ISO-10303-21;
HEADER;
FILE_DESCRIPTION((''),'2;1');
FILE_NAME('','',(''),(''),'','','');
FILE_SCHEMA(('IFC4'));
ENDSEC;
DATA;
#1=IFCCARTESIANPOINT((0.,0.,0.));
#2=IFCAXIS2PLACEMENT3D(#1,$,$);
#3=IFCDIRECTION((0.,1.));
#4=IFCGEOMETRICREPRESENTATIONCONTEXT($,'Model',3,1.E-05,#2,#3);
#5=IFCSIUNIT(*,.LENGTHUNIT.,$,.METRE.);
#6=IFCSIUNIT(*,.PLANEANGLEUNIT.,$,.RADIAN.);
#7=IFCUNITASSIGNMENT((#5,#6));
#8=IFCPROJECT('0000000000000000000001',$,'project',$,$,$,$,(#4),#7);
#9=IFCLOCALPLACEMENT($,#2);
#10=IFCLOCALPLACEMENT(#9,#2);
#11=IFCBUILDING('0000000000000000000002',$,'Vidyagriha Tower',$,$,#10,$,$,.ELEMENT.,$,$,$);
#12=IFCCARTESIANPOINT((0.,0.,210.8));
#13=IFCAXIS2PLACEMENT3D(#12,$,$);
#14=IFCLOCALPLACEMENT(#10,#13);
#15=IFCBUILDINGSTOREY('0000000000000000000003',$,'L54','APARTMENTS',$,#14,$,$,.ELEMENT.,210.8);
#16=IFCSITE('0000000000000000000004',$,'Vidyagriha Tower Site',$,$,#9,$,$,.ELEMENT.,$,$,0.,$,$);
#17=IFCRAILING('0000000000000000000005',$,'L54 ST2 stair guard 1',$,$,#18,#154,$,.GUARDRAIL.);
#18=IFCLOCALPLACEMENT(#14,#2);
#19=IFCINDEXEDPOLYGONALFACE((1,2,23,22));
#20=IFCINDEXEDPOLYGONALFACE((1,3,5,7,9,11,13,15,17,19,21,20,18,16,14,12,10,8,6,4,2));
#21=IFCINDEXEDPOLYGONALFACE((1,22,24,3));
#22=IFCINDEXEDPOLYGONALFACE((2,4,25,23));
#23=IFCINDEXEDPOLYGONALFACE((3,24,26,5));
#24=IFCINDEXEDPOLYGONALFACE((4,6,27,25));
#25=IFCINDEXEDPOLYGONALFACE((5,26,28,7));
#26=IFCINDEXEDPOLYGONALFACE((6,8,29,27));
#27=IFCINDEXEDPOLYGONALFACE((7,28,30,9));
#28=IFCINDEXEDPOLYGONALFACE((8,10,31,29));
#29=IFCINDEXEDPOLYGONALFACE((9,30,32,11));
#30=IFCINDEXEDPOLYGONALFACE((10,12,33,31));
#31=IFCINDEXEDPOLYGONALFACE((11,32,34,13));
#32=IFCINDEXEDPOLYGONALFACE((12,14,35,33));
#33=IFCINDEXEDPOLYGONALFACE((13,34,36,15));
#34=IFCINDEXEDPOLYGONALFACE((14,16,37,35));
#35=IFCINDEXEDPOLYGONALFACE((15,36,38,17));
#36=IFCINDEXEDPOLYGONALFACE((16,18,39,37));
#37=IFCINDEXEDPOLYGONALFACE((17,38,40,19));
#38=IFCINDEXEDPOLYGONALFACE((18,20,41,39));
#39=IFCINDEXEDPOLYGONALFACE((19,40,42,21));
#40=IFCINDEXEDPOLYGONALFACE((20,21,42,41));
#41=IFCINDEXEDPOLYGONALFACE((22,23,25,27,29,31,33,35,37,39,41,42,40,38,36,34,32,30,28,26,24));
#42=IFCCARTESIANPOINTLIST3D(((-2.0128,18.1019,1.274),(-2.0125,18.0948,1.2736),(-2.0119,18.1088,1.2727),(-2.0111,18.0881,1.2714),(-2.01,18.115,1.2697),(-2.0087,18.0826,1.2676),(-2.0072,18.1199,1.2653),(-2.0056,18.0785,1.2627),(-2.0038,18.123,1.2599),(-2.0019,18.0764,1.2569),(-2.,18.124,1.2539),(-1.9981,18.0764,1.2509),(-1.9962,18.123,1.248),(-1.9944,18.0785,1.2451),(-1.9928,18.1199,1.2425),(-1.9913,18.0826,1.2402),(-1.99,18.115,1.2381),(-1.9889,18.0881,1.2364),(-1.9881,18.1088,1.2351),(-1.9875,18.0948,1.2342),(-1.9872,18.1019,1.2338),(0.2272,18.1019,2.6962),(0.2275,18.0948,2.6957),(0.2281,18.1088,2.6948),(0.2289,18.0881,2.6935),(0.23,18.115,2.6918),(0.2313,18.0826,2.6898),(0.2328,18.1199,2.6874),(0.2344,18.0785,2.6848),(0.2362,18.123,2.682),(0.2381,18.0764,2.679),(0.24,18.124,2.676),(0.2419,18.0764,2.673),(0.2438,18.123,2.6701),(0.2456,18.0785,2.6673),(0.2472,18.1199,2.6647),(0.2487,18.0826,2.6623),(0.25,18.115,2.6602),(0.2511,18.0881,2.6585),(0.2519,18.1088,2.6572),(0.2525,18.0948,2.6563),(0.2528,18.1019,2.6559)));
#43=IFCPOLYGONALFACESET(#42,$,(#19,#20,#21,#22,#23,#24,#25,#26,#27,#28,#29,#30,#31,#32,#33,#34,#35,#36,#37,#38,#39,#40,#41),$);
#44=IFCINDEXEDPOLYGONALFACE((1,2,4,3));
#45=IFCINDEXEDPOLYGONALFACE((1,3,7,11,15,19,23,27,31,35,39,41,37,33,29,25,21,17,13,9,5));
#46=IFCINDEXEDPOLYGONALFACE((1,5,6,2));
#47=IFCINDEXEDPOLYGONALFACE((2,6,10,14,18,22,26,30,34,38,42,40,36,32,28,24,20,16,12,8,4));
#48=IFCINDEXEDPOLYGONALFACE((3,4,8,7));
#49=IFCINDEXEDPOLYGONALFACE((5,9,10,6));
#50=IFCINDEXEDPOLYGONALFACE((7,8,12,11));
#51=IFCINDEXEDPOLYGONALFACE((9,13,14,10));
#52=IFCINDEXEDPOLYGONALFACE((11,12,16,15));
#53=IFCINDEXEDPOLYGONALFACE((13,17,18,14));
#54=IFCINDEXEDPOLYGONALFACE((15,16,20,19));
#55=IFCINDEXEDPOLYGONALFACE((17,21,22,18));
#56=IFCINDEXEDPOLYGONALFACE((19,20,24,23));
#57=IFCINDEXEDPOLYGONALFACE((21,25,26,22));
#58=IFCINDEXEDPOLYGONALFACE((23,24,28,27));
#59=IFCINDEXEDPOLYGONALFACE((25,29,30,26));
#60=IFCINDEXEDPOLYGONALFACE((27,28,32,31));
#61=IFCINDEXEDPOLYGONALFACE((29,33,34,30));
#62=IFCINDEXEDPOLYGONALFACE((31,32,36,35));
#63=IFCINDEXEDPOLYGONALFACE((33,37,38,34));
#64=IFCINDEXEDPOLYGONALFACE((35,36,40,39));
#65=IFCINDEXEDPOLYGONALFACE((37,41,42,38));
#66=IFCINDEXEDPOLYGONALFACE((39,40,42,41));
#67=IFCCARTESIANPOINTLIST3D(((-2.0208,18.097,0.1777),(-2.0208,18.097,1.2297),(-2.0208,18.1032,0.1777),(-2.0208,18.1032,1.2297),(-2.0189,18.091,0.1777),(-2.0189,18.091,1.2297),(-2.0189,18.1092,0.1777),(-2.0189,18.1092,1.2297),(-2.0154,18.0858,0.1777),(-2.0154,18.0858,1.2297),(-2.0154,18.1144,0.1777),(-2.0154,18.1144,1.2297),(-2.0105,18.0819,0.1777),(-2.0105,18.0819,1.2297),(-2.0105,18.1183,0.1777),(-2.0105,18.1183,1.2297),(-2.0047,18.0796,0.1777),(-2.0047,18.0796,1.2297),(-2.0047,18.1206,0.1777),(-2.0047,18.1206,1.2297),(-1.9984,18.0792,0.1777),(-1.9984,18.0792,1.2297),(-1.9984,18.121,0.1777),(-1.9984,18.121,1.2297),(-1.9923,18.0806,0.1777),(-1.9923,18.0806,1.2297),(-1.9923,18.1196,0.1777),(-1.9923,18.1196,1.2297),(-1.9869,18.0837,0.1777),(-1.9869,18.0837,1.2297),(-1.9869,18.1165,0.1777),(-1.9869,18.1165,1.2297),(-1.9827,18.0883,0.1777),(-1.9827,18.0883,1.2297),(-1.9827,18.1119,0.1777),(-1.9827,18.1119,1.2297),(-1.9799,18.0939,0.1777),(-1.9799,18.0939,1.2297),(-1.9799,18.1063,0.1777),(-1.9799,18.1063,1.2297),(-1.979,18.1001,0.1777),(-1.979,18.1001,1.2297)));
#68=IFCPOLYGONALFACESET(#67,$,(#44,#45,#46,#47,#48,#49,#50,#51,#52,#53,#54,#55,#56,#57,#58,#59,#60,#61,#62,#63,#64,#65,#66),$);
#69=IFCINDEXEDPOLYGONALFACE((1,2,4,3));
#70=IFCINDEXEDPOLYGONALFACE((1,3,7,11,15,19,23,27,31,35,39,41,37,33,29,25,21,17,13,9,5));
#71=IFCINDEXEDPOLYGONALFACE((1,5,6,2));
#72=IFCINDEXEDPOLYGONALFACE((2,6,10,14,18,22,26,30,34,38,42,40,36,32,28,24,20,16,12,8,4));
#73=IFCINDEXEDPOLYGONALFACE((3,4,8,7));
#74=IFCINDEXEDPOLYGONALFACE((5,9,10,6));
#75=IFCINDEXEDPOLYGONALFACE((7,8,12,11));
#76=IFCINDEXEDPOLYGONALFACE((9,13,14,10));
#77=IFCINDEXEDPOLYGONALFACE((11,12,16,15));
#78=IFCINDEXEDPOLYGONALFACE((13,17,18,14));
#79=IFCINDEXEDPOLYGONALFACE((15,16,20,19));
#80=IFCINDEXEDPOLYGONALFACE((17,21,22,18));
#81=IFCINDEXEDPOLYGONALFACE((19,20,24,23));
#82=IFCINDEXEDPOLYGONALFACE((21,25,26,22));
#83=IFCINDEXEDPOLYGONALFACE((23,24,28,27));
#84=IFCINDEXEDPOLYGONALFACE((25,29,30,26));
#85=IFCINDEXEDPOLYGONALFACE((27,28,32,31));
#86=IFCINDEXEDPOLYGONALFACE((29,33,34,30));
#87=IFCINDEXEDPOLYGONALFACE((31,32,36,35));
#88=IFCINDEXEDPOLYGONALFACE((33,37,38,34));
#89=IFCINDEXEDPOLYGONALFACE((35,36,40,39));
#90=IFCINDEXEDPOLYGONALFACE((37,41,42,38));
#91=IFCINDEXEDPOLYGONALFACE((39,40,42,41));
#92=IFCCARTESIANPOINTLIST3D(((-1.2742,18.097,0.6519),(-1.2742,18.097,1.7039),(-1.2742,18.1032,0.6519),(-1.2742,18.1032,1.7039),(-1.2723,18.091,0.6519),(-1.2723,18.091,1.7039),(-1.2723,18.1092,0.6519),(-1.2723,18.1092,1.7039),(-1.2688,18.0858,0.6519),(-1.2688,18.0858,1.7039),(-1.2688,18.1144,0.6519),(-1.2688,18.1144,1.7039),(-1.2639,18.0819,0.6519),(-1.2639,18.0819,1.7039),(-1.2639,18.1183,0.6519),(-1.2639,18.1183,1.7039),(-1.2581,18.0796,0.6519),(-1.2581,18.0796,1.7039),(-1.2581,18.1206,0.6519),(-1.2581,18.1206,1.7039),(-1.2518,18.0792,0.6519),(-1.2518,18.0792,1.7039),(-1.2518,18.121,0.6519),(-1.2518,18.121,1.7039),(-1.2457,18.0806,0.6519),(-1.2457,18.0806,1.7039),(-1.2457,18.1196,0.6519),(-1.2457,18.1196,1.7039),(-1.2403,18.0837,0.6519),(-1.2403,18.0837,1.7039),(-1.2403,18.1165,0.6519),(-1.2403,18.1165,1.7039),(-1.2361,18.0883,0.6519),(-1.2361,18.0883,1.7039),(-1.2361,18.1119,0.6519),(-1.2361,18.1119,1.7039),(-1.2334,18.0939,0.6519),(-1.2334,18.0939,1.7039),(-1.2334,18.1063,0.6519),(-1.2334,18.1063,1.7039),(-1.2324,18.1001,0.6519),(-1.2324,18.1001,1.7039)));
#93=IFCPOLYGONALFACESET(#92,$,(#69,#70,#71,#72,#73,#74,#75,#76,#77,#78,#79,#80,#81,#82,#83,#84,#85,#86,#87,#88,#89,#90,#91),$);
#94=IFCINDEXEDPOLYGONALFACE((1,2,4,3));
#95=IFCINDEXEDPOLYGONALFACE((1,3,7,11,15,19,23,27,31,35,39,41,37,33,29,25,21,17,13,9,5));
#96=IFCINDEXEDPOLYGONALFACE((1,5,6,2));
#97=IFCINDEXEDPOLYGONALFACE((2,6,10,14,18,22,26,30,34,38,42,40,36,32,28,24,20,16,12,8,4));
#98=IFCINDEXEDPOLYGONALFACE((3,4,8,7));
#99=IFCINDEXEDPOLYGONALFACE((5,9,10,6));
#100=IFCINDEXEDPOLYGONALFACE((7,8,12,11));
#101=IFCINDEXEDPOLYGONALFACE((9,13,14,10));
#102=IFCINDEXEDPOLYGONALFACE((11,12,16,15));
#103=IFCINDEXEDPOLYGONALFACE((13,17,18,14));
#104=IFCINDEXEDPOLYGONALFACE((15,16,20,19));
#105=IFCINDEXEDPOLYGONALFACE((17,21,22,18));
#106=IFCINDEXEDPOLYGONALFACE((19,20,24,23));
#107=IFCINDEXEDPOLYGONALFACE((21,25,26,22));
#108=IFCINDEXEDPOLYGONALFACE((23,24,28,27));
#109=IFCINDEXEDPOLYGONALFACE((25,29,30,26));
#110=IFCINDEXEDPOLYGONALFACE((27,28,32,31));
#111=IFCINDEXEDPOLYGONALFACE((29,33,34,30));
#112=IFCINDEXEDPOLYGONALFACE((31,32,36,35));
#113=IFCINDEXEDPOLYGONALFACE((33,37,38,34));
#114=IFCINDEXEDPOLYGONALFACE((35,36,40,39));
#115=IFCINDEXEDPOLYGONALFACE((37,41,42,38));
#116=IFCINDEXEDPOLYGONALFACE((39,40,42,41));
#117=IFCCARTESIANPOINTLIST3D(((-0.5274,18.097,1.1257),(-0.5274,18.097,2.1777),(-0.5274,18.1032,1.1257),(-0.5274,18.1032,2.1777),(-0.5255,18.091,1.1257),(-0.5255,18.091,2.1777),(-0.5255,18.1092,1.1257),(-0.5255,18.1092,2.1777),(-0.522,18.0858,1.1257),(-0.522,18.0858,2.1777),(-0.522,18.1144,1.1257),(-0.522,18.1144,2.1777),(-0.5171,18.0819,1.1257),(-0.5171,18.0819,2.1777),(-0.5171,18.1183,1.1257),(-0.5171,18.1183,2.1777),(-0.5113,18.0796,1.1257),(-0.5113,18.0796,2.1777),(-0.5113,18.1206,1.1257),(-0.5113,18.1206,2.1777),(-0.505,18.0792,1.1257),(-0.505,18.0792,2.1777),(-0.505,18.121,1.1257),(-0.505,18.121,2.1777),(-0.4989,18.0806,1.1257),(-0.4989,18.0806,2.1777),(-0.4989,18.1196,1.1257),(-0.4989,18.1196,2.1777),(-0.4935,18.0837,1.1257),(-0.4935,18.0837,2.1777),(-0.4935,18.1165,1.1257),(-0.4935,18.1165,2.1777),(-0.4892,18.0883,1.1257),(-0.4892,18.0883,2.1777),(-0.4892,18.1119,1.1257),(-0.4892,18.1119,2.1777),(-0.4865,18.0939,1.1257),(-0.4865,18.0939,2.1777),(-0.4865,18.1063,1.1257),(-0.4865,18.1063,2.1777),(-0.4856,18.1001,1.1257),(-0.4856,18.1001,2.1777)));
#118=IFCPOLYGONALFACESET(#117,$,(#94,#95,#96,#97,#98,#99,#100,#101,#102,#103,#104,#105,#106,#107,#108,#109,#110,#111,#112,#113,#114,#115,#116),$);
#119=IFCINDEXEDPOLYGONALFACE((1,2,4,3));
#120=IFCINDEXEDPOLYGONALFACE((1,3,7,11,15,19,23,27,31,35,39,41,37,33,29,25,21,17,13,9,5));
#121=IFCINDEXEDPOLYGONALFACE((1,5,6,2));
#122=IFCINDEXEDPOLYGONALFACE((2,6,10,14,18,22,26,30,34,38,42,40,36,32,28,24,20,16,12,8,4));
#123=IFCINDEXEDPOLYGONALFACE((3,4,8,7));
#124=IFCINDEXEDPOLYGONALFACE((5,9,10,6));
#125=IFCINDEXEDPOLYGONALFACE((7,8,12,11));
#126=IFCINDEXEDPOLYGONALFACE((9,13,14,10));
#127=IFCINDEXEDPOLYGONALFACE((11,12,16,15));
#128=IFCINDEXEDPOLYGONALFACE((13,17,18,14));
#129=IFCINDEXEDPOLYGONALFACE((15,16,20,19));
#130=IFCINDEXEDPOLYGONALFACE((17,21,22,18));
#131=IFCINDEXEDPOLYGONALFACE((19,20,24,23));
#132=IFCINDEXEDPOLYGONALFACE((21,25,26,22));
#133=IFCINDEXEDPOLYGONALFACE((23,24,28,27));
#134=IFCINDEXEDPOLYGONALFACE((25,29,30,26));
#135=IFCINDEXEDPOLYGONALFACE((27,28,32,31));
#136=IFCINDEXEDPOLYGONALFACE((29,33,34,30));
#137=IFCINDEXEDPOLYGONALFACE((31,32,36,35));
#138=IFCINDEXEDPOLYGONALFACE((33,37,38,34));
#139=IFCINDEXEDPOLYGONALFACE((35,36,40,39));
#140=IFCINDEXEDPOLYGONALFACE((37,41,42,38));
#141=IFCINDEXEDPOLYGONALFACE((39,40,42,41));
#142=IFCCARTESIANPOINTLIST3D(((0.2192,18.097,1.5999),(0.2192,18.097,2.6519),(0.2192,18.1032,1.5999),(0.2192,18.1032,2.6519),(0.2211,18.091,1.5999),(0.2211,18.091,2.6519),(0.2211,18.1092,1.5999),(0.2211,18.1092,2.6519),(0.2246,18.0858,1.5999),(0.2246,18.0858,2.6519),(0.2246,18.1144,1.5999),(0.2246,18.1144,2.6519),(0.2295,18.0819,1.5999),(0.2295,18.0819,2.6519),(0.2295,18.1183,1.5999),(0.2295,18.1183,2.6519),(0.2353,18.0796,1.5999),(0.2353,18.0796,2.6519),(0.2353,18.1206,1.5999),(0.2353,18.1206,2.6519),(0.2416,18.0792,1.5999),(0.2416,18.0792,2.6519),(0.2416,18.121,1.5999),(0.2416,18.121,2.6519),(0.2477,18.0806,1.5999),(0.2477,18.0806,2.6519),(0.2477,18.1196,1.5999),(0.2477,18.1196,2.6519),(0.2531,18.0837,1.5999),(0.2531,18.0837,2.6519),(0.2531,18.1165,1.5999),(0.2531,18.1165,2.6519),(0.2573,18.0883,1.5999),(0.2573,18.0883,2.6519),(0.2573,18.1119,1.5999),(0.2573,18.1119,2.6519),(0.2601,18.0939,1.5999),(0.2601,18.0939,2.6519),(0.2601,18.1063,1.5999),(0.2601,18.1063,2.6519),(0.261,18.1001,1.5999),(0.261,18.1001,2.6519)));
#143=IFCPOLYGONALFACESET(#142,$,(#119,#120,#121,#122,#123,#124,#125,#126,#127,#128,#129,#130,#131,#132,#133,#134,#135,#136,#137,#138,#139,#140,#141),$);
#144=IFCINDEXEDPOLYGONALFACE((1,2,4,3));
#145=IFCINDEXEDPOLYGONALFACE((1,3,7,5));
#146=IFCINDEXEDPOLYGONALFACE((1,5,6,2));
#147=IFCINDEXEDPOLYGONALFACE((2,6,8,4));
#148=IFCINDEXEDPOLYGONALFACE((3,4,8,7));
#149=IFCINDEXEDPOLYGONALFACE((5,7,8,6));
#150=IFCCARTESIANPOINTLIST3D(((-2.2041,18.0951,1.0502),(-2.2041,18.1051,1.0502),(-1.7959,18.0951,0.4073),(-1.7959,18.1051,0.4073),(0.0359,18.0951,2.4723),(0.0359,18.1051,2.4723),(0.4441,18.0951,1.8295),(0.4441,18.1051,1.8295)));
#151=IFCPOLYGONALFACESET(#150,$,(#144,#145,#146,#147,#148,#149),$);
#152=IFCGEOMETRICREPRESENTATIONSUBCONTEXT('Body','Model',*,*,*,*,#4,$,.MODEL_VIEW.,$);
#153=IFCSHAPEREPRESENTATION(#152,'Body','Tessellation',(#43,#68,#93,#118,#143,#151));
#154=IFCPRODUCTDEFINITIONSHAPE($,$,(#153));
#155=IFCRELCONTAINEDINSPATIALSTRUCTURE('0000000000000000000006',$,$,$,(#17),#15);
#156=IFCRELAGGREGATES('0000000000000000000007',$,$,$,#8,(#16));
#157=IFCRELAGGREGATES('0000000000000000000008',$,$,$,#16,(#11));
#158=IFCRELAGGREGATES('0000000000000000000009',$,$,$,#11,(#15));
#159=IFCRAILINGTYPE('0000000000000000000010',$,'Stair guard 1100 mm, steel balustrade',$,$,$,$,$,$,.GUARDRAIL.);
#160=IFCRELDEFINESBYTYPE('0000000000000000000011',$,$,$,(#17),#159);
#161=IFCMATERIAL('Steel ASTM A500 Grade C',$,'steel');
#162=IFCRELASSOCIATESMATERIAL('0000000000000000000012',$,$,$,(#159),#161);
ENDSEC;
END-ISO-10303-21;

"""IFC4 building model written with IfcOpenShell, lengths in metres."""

from ifc_helpers import new_model, si_unit, direction, frame, origin, origin_2d, place, context, subcontext, project, spatial, rectangle, circle, extrude, material, type_object, element, save


model = new_model("IFC4")

# Units and contexts
model_context = context("Model", 3, precision=1e-05, world=origin(), true_north=direction((0.0, 1.0)))
body_context = subcontext(model_context, "Body", "Model", "MODEL_VIEW")
ifc_project = project(units=[si_unit("LENGTHUNIT", "METRE"), si_unit("PLANEANGLEUNIT", "RADIAN")], contexts=[model_context])

# Site, building, storey
site_placement = place(None, origin())
site = spatial("IfcSite", under=ifc_project, at=site_placement, Name="Vidyagriha Tower Site", CompositionType="ELEMENT", RefElevation=0.0)
building_placement = place(site_placement, origin())
building = spatial("IfcBuilding", under=site, at=building_placement, Name="Vidyagriha Tower", CompositionType="ELEMENT")
storey_placement = place(building_placement, frame((0.0, 0.0, 210.8)))
storey = spatial("IfcBuildingStorey", under=building, at=storey_placement, Name="L54", Description="APARTMENTS", CompositionType="ELEMENT", Elevation=210.8)

# Railing
ifc_material_1 = material(Name="Steel ASTM A500 Grade C", Category="steel")
railing_type_1 = type_object("IfcRailingType", Name="Stair guard 1100 mm, steel balustrade", PredefinedType="GUARDRAIL", material=ifc_material_1)
railing_1_placement = place(storey_placement, frame((-2.0, 18.1001, 0.1777)))
element("IfcRailing", 1, at=railing_1_placement, inside=storey, type_object=railing_type_1, Name="L54 ST2 stair guard 1", PredefinedType="GUARDRAIL", context=body_context, shape_type="SweptSolid", body=[
    extrude(circle(Radius=0.0239, at=origin_2d()), frame((0.0, 0.0, 1.0762), z_axis=(0.844229, 0.0, 0.535982), x_axis=(0.0, 1.0, 0.0)), (0.0, 0.0, 1.0), 2.6533),
    extrude(circle(Radius=0.021, at=origin_2d()), origin(), (0.0, 0.0, 1.0), 1.052),
    extrude(circle(Radius=0.021, at=origin_2d()), frame((0.7466, 0.0, 0.4741)), (0.0, 0.0, 1.0), 1.052),
    extrude(circle(Radius=0.021, at=origin_2d()), frame((1.4934, 0.0, 0.948)), (0.0, 0.0, 1.0), 1.052),
    extrude(circle(Radius=0.021, at=origin_2d()), frame((2.24, 0.0, 1.4221)), (0.0, 0.0, 1.0), 1.052),
    extrude(rectangle(XDim=0.01, YDim=0.7615, at=origin_2d()), frame((0.0, 0.0, 0.551), z_axis=(0.844229, 0.0, 0.535982), x_axis=(0.0, 1.0, 0.0)), (0.0, 0.0, 1.0), 2.6533),
])

save(model, "model.ifc")
